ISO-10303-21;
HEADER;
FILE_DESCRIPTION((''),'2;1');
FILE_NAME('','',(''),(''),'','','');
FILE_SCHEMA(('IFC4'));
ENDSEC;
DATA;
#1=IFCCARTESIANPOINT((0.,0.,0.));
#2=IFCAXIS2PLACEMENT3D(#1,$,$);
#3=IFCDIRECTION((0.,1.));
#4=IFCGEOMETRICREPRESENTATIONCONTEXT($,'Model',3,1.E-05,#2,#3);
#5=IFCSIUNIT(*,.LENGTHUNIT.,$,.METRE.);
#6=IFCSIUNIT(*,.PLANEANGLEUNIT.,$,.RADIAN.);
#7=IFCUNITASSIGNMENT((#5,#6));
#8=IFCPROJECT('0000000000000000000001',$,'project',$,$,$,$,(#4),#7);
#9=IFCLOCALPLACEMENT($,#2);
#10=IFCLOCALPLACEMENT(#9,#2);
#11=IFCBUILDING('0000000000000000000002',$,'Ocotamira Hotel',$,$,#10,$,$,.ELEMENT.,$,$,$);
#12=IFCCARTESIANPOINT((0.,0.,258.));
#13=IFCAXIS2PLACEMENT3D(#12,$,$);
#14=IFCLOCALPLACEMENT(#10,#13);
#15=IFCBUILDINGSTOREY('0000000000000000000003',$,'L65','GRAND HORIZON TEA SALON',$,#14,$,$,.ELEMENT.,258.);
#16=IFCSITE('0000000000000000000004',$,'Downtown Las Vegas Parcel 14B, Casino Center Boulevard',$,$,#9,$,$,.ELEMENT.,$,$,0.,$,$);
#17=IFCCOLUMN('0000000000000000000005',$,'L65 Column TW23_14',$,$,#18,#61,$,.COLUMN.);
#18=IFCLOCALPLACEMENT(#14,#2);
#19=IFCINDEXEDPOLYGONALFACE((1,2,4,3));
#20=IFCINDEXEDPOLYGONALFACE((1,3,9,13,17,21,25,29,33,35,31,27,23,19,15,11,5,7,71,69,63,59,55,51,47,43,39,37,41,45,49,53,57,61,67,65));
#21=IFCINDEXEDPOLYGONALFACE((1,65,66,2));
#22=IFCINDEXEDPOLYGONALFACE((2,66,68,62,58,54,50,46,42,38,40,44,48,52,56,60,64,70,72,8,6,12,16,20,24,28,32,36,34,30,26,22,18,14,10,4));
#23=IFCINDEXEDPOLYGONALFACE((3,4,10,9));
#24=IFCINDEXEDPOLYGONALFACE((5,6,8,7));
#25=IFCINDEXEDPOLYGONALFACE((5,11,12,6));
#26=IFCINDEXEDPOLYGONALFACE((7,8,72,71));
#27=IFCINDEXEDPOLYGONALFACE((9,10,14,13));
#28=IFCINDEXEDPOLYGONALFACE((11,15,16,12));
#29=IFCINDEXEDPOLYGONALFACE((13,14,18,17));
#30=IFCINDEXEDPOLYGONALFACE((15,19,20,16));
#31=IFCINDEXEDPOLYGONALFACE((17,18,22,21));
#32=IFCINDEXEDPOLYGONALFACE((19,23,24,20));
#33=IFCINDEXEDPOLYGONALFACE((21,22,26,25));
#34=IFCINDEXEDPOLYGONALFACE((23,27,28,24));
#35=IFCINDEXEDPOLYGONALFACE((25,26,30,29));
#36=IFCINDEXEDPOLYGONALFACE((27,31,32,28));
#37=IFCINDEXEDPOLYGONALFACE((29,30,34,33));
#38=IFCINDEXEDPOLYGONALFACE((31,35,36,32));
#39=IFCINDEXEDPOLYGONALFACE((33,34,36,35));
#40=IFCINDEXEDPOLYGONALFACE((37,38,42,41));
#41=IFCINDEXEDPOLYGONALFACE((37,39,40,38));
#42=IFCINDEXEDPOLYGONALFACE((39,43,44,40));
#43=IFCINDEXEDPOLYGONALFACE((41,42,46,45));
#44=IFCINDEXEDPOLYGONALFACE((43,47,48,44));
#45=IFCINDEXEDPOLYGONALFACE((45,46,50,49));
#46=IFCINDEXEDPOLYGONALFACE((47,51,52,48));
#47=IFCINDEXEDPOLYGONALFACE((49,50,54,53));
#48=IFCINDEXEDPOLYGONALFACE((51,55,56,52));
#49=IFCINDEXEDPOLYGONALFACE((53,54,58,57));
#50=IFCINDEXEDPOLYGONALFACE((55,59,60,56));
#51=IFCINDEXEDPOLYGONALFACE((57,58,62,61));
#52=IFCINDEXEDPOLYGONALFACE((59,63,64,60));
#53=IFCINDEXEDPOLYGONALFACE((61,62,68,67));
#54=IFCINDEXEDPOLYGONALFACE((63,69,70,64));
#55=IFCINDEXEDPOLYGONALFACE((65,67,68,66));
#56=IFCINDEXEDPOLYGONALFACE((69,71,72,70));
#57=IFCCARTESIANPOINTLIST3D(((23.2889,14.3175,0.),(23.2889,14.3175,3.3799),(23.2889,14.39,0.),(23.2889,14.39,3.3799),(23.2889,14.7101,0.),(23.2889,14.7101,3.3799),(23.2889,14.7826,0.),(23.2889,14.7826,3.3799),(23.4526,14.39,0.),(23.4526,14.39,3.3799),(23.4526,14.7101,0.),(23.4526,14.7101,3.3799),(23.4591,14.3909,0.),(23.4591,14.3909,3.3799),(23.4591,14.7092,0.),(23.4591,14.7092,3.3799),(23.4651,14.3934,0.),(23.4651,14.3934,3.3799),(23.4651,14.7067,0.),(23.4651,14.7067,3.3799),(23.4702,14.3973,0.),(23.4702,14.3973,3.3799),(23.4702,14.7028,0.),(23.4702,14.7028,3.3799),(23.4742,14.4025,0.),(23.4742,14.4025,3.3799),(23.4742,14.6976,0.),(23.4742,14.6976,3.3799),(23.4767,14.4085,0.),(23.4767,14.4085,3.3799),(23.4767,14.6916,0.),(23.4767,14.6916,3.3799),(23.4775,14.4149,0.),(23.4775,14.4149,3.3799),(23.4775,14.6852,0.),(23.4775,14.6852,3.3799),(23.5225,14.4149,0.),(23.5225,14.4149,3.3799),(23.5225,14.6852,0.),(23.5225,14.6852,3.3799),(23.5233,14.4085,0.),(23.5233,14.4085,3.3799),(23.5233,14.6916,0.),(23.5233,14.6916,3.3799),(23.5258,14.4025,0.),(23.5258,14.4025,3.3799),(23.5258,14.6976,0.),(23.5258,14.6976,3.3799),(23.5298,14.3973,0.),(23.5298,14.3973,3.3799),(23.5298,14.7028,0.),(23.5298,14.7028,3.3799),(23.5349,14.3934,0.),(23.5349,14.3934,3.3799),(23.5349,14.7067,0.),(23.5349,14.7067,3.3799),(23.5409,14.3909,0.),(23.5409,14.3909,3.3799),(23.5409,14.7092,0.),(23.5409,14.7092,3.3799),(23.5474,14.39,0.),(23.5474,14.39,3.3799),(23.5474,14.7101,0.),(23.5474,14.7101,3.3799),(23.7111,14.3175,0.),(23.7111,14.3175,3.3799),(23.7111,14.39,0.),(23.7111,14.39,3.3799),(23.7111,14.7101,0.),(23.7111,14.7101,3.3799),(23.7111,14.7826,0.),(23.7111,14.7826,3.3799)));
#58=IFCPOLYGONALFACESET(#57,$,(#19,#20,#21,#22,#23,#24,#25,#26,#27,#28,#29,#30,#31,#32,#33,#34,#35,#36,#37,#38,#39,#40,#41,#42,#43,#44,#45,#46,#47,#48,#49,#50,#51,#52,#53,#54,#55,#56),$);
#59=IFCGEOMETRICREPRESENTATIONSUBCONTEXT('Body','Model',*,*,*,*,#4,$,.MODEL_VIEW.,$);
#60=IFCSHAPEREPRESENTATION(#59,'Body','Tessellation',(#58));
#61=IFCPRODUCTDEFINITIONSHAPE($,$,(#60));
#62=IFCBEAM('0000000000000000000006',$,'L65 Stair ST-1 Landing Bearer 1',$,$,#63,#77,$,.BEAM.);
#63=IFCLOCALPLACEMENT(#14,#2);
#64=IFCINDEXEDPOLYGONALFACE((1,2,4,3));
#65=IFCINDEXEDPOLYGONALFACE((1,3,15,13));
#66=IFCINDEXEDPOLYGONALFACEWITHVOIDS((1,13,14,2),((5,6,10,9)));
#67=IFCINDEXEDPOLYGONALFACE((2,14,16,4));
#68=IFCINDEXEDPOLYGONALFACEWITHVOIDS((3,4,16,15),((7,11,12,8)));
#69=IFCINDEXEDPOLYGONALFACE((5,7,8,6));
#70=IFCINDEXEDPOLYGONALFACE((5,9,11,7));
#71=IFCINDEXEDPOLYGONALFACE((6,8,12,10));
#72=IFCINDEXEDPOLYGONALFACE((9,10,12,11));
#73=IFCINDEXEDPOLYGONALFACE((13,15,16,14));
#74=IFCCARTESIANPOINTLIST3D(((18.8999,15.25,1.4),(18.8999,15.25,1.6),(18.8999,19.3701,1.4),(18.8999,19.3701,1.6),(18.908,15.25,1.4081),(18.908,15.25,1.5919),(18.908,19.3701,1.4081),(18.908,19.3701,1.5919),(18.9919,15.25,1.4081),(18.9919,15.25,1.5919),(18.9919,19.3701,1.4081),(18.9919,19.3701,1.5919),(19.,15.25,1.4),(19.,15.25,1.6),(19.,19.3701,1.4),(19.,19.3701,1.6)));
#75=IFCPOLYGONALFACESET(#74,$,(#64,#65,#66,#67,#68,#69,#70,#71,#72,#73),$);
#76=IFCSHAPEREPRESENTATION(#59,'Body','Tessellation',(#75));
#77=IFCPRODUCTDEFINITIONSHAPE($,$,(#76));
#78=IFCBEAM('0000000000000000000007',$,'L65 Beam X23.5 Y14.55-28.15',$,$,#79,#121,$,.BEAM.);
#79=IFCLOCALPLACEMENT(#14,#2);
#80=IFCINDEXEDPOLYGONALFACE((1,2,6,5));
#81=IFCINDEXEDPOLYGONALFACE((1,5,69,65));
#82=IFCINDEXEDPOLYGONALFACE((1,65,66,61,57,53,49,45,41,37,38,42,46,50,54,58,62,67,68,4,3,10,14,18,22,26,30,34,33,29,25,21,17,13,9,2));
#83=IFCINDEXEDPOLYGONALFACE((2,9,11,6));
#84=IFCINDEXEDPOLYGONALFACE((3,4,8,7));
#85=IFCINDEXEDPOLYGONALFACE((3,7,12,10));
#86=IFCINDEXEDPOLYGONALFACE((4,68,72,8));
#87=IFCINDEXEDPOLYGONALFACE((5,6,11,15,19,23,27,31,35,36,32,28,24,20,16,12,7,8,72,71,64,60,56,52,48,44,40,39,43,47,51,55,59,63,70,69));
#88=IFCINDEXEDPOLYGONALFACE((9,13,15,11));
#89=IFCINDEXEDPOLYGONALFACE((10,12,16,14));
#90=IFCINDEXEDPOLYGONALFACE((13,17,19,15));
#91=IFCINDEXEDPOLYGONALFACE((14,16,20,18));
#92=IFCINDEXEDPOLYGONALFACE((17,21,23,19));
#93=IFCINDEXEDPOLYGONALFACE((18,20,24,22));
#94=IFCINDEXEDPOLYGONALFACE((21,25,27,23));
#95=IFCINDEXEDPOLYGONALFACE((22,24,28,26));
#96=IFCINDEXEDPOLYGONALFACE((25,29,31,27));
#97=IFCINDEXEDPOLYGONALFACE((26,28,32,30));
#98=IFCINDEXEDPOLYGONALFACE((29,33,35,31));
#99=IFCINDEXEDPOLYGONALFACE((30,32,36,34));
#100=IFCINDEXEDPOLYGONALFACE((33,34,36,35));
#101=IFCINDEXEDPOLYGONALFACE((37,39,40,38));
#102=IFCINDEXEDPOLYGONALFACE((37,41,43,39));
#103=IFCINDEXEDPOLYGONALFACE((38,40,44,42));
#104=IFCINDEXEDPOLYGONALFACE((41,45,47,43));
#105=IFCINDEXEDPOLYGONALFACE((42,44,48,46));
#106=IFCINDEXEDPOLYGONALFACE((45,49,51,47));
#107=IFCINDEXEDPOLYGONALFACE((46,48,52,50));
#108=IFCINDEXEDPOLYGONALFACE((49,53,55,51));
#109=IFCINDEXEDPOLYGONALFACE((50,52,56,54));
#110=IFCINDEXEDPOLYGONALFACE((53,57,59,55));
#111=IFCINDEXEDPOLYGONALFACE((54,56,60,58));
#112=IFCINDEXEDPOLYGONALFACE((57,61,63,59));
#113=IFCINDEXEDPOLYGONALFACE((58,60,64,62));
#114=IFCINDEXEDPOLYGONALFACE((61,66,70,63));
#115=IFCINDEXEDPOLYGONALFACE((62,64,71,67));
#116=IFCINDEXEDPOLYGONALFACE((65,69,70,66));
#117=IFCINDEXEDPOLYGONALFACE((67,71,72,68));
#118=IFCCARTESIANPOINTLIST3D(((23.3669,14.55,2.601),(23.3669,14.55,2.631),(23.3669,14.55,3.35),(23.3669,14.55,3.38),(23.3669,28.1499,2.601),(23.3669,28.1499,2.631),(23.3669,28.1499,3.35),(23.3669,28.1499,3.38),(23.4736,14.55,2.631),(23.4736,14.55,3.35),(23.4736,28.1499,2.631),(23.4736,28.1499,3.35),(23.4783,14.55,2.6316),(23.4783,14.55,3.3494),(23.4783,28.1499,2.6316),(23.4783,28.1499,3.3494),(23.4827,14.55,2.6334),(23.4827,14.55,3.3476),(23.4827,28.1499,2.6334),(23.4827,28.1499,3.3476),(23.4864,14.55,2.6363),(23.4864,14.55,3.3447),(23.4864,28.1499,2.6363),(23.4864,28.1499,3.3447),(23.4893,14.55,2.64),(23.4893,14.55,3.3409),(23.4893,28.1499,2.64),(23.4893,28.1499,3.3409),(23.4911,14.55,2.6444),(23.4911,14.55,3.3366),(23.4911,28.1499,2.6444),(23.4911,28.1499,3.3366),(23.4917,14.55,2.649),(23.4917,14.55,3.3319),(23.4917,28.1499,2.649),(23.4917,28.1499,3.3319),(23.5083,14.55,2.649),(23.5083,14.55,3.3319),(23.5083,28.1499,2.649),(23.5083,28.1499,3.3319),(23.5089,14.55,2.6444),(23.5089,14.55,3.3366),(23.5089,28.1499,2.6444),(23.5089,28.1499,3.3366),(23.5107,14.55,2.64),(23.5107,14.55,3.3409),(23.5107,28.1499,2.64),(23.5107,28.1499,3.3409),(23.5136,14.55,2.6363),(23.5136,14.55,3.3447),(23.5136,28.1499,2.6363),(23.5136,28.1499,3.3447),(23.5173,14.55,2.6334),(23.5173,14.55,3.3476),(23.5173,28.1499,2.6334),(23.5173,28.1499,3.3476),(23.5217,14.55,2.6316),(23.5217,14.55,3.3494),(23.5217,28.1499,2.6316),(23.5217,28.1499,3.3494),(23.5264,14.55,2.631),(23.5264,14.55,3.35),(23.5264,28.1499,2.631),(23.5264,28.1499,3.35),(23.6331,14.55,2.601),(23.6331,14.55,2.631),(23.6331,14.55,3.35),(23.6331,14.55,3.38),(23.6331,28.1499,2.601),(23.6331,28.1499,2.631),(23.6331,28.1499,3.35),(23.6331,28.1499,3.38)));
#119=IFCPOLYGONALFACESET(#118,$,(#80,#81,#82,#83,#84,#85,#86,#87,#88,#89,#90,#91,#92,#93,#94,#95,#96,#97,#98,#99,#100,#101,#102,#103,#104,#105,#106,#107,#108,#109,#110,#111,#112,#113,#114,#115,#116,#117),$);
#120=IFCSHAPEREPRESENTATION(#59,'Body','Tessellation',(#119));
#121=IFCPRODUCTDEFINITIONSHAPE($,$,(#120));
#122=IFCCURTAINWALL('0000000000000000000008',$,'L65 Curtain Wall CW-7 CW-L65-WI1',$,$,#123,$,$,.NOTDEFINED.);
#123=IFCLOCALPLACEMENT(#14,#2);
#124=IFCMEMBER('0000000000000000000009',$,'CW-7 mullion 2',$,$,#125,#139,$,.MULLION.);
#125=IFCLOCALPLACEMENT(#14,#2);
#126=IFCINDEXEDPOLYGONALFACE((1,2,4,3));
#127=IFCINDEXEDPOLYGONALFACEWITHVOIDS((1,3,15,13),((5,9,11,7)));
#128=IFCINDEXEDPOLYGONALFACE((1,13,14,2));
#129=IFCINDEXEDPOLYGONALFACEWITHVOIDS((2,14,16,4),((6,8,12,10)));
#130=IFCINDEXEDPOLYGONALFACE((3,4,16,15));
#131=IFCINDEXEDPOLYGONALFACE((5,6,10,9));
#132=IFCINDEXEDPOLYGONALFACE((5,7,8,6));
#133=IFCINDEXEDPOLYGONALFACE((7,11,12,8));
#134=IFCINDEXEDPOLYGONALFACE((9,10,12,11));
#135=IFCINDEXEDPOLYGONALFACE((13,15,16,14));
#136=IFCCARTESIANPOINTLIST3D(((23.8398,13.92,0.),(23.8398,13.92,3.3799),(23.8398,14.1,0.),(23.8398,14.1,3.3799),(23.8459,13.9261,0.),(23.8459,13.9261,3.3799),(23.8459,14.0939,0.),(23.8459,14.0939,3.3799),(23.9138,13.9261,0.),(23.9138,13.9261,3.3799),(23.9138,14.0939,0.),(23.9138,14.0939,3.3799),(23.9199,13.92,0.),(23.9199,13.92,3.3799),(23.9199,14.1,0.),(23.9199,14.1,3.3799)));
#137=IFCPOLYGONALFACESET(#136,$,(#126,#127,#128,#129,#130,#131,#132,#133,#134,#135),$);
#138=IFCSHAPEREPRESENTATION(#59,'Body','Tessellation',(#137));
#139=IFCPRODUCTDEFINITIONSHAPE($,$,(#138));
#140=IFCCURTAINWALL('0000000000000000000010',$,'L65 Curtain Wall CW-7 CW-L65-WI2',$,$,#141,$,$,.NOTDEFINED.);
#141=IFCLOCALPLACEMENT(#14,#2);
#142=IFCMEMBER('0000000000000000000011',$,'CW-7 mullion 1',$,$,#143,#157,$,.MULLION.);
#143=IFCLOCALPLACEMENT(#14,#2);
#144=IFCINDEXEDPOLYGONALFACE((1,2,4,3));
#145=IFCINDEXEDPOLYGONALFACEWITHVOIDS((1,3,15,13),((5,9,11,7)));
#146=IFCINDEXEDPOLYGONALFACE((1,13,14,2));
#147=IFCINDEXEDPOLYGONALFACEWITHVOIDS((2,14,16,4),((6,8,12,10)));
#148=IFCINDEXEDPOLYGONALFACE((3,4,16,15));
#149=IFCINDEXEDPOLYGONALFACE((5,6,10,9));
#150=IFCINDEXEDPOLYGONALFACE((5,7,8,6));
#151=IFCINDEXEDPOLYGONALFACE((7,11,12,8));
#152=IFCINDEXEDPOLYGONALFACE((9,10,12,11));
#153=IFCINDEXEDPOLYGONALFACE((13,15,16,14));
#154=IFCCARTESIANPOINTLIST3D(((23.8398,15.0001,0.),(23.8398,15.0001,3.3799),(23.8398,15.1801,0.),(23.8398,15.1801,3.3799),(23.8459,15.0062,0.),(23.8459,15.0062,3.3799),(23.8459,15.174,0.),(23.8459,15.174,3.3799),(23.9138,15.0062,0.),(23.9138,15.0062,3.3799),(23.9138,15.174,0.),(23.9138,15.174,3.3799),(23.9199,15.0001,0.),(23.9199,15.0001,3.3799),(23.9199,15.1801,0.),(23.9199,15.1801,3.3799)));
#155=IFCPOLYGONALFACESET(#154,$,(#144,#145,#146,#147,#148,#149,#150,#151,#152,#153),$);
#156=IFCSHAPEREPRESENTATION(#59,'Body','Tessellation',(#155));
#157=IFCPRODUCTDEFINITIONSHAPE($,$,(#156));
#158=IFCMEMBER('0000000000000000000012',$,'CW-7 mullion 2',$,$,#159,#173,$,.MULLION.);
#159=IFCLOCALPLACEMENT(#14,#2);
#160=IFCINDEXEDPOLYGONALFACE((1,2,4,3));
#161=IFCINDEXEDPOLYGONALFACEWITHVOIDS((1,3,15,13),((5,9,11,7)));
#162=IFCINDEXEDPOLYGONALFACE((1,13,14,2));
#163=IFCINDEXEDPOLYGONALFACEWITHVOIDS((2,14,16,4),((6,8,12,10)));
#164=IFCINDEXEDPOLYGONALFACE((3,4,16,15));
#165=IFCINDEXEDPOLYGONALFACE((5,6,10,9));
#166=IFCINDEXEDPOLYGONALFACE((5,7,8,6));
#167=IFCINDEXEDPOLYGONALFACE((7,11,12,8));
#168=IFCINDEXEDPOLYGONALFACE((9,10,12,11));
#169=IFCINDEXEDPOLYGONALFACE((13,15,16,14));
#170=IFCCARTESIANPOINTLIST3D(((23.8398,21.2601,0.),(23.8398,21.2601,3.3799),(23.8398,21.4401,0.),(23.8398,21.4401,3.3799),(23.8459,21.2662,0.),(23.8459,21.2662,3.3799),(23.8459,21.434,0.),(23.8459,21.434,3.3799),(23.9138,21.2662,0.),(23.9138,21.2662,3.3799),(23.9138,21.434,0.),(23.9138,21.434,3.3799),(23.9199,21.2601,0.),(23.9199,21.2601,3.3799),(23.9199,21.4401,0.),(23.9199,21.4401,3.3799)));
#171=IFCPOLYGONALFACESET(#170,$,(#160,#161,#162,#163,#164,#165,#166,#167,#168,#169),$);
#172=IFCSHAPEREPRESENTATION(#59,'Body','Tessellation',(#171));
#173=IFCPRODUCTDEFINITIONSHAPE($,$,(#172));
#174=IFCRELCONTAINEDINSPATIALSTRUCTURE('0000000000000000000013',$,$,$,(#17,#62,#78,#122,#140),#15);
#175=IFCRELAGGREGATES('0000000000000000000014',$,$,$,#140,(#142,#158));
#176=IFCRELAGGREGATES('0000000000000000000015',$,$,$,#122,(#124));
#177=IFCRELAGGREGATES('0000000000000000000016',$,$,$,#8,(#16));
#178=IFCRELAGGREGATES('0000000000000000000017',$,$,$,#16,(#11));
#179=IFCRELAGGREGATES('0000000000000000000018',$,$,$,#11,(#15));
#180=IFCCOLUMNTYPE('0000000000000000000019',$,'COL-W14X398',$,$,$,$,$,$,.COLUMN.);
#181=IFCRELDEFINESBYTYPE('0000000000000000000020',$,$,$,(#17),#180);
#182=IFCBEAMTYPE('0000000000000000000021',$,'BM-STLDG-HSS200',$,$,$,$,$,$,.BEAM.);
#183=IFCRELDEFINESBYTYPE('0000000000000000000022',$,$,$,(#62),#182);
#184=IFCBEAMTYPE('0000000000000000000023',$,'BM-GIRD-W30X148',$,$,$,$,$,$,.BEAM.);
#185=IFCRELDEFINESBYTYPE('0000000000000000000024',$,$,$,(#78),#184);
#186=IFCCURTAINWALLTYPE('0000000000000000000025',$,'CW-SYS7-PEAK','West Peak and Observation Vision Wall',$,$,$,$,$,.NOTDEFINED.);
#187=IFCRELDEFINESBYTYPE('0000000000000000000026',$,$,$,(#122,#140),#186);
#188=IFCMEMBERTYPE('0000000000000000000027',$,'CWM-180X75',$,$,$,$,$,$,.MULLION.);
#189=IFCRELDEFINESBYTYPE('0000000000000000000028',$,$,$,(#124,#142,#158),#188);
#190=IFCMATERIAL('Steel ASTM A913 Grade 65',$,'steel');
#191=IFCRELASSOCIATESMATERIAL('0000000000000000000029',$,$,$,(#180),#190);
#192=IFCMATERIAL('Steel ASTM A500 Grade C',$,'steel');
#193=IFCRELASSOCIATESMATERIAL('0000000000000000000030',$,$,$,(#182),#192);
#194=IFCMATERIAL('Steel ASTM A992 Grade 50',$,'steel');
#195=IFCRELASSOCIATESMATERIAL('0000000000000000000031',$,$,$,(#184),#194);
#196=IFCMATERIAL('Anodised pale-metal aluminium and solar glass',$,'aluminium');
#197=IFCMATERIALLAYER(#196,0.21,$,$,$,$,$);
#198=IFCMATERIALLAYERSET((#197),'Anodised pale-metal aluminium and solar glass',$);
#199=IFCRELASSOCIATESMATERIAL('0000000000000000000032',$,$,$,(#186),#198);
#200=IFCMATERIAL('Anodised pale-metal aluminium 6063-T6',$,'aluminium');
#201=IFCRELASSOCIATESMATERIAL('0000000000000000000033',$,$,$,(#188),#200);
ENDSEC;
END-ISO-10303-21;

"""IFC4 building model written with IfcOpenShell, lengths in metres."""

from ifc_helpers import new_model, si_unit, direction, frame, origin, origin_2d, place, context, subcontext, project, spatial, hollow_rectangle, i_section, extrude, source, transform, mapped, material, layer, layer_set, material_profile, profile_set, type_object, element, aggregate, save


model = new_model("IFC4")

# Units and contexts
model_context = context("Model", 3, precision=1e-05, world=origin(), true_north=direction((0.0, 1.0)))
body_context = subcontext(model_context, "Body", "Model", "MODEL_VIEW")
ifc_project = project(units=[si_unit("LENGTHUNIT", "METRE"), si_unit("PLANEANGLEUNIT", "RADIAN")], contexts=[model_context])

# Site, building, storey
site_placement = place(None, origin())
site = spatial("IfcSite", under=ifc_project, at=site_placement, Name="Downtown Las Vegas Parcel 14B, Casino Center Boulevard", CompositionType="ELEMENT", RefElevation=0.0)
building_placement = place(site_placement, origin())
building = spatial("IfcBuilding", under=site, at=building_placement, Name="Ocotamira Hotel", CompositionType="ELEMENT")
storey_placement = place(building_placement, frame((0.0, 0.0, 258.0)))
storey = spatial("IfcBuildingStorey", under=building, at=storey_placement, Name="L65", Description="GRAND HORIZON TEA SALON", CompositionType="ELEMENT", Elevation=258.0)

# Column
ifc_material_1 = material(Name="Steel ASTM A913 Grade 65", Category="steel")
ifc_material_profile_1 = material_profile(ifc_material_1, i_section(OverallWidth=0.4221, OverallDepth=0.4651, WebThickness=0.0449, FlangeThickness=0.0725, FilletRadius=0.0249, at=origin_2d()), Name="W14X398")
ifc_profile_set_1 = profile_set([ifc_material_profile_1], Name="Steel ASTM A913 Grade 65")
column_type = type_object("IfcColumnType", Name="COL-W14X398", PredefinedType="COLUMN", material=ifc_profile_set_1)
shared_shape_1 = source(origin(), body_context, "Body", "SweptSolid", [
    extrude(i_section(OverallWidth=0.4221, OverallDepth=0.4651, WebThickness=0.0449, FlangeThickness=0.0725, FilletRadius=0.0249, at=origin_2d()), origin(), (0.0, 0.0, 1.0), 3.3799),
])
column_placement = place(storey_placement, frame((23.5, 14.55, 0.0), z_axis=(0.0, 0.0, 1.0), x_axis=(1.0, 0.0, 0.0)))
element("IfcColumn", 1, at=column_placement, inside=storey, type_object=column_type, Name="L65 Column TW23_14", PredefinedType="COLUMN", context=body_context, shape_type="MappedRepresentation", body=[
    mapped(shared_shape_1, transform((0.0, 0.0, 0.0), scale=1.0)),
])

# Beams
ifc_material_2 = material(Name="Steel ASTM A500 Grade C", Category="steel")
ifc_material_profile_2 = material_profile(ifc_material_2, hollow_rectangle(XDim=0.1001, YDim=0.2, WallThickness=0.0081, at=origin_2d()), Name="HSS200X100X8")
ifc_profile_set_2 = profile_set([ifc_material_profile_2], Name="Steel ASTM A500 Grade C")
beam_type_1 = type_object("IfcBeamType", Name="BM-STLDG-HSS200", PredefinedType="BEAM", material=ifc_profile_set_2)
shared_shape_2 = source(origin(), body_context, "Body", "SweptSolid", [
    extrude(hollow_rectangle(XDim=0.1001, YDim=0.2, WallThickness=0.0081, at=origin_2d()), origin(), (0.0, 0.0, 1.0), 4.1201),
])
beam_1_placement = place(storey_placement, frame((18.95, 15.25, 1.5), z_axis=(0.0, 1.0, 0.0), x_axis=(-1.0, 0.0, 0.0)))
element("IfcBeam", 2, at=beam_1_placement, inside=storey, type_object=beam_type_1, Name="L65 Stair ST-1 Landing Bearer 1", PredefinedType="BEAM", context=body_context, shape_type="MappedRepresentation", body=[
    mapped(shared_shape_2, transform((0.0, 0.0, 0.0), scale=1.0)),
])
ifc_material_3 = material(Name="Steel ASTM A992 Grade 50", Category="steel")
ifc_material_profile_3 = material_profile(ifc_material_3, i_section(OverallWidth=0.2661, OverallDepth=0.7791, WebThickness=0.0166, FlangeThickness=0.03, FilletRadius=0.0181, at=origin_2d()), Name="W30X148")
ifc_profile_set_3 = profile_set([ifc_material_profile_3], Name="Steel ASTM A992 Grade 50")
beam_type_2 = type_object("IfcBeamType", Name="BM-GIRD-W30X148", PredefinedType="BEAM", material=ifc_profile_set_3)
shared_shape_3 = source(origin(), body_context, "Body", "SweptSolid", [
    extrude(i_section(OverallWidth=0.2661, OverallDepth=0.7791, WebThickness=0.0166, FlangeThickness=0.03, FilletRadius=0.0181, at=origin_2d()), origin(), (0.0, 0.0, 1.0), 13.5999),
])
beam_2_placement = place(storey_placement, frame((23.5, 14.55, 2.9905), z_axis=(0.0, 1.0, 0.0), x_axis=(-1.0, 0.0, 0.0)))
element("IfcBeam", 3, at=beam_2_placement, inside=storey, type_object=beam_type_2, Name="L65 Beam X23.5 Y14.55-28.15", PredefinedType="BEAM", context=body_context, shape_type="MappedRepresentation", body=[
    mapped(shared_shape_3, transform((0.0, 0.0, 0.0), scale=1.0)),
])

# Curtain wall, member
ifc_material_4 = material(Name="Anodised pale-metal aluminium and solar glass", Category="aluminium")
ifc_layer_1 = layer(ifc_material_4, 0.21)
ifc_layer_set_1 = layer_set([ifc_layer_1], Name="Anodised pale-metal aluminium and solar glass")
curtain_wall_type = type_object("IfcCurtainWallType", Name="CW-SYS7-PEAK", Description="West Peak and Observation Vision Wall", PredefinedType="NOTDEFINED", material=ifc_layer_set_1)
curtain_wall_1_placement = place(storey_placement, origin())
curtain_wall_1 = element("IfcCurtainWall", 4, at=curtain_wall_1_placement, inside=storey, type_object=curtain_wall_type, Name="L65 Curtain Wall CW-7 CW-L65-WI1", PredefinedType="NOTDEFINED")
ifc_material_5 = material(Name="Anodised pale-metal aluminium 6063-T6", Category="aluminium")
ifc_material_profile_4 = material_profile(ifc_material_5, hollow_rectangle(XDim=0.0801, YDim=0.1799, WallThickness=0.0061, at=origin_2d()), Name="HSS180X80X6")
ifc_profile_set_4 = profile_set([ifc_material_profile_4], Name="Anodised pale-metal aluminium 6063-T6")
member_type_1 = type_object("IfcMemberType", Name="CWM-180X75", PredefinedType="MULLION", material=ifc_profile_set_4)
shared_shape_4 = source(origin(), body_context, "Body", "SweptSolid", [
    extrude(hollow_rectangle(XDim=0.0801, YDim=0.1799, WallThickness=0.0061, at=origin_2d()), origin(), (0.0, 0.0, 1.0), 3.3799),
])
member_1_placement = place(storey_placement, frame((23.8799, 14.01, 0.0), z_axis=(0.0, 0.0, 1.0), x_axis=(-1.0, 0.0, 0.0)))
member_1 = element("IfcMember", 5, at=member_1_placement, type_object=member_type_1, Name="CW-7 mullion 2", PredefinedType="MULLION", context=body_context, shape_type="MappedRepresentation", body=[
    mapped(shared_shape_4, transform((0.0, 0.0, 0.0), scale=1.0)),
])

# Curtain wall, members
curtain_wall_2_placement = place(storey_placement, origin())
curtain_wall_2 = element("IfcCurtainWall", 6, at=curtain_wall_2_placement, inside=storey, type_object=curtain_wall_type, Name="L65 Curtain Wall CW-7 CW-L65-WI2", PredefinedType="NOTDEFINED")
member_2_placement = place(storey_placement, frame((23.8799, 15.0901, 0.0), z_axis=(0.0, 0.0, 1.0), x_axis=(-1.0, 0.0, 0.0)))
member_2 = element("IfcMember", 7, at=member_2_placement, type_object=member_type_1, Name="CW-7 mullion 1", PredefinedType="MULLION", context=body_context, shape_type="MappedRepresentation", body=[
    mapped(shared_shape_4, transform((0.0, 0.0, 0.0), scale=1.0)),
])
member_3_placement = place(storey_placement, frame((23.8799, 21.3501, 0.0), z_axis=(0.0, 0.0, 1.0), x_axis=(-1.0, 0.0, 0.0)))
member_3 = element("IfcMember", 8, at=member_3_placement, type_object=member_type_1, Name="CW-7 mullion 2", PredefinedType="MULLION", context=body_context, shape_type="MappedRepresentation", body=[
    mapped(shared_shape_4, transform((0.0, 0.0, 0.0), scale=1.0)),
])
aggregate(curtain_wall_2, [member_2, member_3])

aggregate(curtain_wall_1, [member_1])

save(model, "model.ifc")
